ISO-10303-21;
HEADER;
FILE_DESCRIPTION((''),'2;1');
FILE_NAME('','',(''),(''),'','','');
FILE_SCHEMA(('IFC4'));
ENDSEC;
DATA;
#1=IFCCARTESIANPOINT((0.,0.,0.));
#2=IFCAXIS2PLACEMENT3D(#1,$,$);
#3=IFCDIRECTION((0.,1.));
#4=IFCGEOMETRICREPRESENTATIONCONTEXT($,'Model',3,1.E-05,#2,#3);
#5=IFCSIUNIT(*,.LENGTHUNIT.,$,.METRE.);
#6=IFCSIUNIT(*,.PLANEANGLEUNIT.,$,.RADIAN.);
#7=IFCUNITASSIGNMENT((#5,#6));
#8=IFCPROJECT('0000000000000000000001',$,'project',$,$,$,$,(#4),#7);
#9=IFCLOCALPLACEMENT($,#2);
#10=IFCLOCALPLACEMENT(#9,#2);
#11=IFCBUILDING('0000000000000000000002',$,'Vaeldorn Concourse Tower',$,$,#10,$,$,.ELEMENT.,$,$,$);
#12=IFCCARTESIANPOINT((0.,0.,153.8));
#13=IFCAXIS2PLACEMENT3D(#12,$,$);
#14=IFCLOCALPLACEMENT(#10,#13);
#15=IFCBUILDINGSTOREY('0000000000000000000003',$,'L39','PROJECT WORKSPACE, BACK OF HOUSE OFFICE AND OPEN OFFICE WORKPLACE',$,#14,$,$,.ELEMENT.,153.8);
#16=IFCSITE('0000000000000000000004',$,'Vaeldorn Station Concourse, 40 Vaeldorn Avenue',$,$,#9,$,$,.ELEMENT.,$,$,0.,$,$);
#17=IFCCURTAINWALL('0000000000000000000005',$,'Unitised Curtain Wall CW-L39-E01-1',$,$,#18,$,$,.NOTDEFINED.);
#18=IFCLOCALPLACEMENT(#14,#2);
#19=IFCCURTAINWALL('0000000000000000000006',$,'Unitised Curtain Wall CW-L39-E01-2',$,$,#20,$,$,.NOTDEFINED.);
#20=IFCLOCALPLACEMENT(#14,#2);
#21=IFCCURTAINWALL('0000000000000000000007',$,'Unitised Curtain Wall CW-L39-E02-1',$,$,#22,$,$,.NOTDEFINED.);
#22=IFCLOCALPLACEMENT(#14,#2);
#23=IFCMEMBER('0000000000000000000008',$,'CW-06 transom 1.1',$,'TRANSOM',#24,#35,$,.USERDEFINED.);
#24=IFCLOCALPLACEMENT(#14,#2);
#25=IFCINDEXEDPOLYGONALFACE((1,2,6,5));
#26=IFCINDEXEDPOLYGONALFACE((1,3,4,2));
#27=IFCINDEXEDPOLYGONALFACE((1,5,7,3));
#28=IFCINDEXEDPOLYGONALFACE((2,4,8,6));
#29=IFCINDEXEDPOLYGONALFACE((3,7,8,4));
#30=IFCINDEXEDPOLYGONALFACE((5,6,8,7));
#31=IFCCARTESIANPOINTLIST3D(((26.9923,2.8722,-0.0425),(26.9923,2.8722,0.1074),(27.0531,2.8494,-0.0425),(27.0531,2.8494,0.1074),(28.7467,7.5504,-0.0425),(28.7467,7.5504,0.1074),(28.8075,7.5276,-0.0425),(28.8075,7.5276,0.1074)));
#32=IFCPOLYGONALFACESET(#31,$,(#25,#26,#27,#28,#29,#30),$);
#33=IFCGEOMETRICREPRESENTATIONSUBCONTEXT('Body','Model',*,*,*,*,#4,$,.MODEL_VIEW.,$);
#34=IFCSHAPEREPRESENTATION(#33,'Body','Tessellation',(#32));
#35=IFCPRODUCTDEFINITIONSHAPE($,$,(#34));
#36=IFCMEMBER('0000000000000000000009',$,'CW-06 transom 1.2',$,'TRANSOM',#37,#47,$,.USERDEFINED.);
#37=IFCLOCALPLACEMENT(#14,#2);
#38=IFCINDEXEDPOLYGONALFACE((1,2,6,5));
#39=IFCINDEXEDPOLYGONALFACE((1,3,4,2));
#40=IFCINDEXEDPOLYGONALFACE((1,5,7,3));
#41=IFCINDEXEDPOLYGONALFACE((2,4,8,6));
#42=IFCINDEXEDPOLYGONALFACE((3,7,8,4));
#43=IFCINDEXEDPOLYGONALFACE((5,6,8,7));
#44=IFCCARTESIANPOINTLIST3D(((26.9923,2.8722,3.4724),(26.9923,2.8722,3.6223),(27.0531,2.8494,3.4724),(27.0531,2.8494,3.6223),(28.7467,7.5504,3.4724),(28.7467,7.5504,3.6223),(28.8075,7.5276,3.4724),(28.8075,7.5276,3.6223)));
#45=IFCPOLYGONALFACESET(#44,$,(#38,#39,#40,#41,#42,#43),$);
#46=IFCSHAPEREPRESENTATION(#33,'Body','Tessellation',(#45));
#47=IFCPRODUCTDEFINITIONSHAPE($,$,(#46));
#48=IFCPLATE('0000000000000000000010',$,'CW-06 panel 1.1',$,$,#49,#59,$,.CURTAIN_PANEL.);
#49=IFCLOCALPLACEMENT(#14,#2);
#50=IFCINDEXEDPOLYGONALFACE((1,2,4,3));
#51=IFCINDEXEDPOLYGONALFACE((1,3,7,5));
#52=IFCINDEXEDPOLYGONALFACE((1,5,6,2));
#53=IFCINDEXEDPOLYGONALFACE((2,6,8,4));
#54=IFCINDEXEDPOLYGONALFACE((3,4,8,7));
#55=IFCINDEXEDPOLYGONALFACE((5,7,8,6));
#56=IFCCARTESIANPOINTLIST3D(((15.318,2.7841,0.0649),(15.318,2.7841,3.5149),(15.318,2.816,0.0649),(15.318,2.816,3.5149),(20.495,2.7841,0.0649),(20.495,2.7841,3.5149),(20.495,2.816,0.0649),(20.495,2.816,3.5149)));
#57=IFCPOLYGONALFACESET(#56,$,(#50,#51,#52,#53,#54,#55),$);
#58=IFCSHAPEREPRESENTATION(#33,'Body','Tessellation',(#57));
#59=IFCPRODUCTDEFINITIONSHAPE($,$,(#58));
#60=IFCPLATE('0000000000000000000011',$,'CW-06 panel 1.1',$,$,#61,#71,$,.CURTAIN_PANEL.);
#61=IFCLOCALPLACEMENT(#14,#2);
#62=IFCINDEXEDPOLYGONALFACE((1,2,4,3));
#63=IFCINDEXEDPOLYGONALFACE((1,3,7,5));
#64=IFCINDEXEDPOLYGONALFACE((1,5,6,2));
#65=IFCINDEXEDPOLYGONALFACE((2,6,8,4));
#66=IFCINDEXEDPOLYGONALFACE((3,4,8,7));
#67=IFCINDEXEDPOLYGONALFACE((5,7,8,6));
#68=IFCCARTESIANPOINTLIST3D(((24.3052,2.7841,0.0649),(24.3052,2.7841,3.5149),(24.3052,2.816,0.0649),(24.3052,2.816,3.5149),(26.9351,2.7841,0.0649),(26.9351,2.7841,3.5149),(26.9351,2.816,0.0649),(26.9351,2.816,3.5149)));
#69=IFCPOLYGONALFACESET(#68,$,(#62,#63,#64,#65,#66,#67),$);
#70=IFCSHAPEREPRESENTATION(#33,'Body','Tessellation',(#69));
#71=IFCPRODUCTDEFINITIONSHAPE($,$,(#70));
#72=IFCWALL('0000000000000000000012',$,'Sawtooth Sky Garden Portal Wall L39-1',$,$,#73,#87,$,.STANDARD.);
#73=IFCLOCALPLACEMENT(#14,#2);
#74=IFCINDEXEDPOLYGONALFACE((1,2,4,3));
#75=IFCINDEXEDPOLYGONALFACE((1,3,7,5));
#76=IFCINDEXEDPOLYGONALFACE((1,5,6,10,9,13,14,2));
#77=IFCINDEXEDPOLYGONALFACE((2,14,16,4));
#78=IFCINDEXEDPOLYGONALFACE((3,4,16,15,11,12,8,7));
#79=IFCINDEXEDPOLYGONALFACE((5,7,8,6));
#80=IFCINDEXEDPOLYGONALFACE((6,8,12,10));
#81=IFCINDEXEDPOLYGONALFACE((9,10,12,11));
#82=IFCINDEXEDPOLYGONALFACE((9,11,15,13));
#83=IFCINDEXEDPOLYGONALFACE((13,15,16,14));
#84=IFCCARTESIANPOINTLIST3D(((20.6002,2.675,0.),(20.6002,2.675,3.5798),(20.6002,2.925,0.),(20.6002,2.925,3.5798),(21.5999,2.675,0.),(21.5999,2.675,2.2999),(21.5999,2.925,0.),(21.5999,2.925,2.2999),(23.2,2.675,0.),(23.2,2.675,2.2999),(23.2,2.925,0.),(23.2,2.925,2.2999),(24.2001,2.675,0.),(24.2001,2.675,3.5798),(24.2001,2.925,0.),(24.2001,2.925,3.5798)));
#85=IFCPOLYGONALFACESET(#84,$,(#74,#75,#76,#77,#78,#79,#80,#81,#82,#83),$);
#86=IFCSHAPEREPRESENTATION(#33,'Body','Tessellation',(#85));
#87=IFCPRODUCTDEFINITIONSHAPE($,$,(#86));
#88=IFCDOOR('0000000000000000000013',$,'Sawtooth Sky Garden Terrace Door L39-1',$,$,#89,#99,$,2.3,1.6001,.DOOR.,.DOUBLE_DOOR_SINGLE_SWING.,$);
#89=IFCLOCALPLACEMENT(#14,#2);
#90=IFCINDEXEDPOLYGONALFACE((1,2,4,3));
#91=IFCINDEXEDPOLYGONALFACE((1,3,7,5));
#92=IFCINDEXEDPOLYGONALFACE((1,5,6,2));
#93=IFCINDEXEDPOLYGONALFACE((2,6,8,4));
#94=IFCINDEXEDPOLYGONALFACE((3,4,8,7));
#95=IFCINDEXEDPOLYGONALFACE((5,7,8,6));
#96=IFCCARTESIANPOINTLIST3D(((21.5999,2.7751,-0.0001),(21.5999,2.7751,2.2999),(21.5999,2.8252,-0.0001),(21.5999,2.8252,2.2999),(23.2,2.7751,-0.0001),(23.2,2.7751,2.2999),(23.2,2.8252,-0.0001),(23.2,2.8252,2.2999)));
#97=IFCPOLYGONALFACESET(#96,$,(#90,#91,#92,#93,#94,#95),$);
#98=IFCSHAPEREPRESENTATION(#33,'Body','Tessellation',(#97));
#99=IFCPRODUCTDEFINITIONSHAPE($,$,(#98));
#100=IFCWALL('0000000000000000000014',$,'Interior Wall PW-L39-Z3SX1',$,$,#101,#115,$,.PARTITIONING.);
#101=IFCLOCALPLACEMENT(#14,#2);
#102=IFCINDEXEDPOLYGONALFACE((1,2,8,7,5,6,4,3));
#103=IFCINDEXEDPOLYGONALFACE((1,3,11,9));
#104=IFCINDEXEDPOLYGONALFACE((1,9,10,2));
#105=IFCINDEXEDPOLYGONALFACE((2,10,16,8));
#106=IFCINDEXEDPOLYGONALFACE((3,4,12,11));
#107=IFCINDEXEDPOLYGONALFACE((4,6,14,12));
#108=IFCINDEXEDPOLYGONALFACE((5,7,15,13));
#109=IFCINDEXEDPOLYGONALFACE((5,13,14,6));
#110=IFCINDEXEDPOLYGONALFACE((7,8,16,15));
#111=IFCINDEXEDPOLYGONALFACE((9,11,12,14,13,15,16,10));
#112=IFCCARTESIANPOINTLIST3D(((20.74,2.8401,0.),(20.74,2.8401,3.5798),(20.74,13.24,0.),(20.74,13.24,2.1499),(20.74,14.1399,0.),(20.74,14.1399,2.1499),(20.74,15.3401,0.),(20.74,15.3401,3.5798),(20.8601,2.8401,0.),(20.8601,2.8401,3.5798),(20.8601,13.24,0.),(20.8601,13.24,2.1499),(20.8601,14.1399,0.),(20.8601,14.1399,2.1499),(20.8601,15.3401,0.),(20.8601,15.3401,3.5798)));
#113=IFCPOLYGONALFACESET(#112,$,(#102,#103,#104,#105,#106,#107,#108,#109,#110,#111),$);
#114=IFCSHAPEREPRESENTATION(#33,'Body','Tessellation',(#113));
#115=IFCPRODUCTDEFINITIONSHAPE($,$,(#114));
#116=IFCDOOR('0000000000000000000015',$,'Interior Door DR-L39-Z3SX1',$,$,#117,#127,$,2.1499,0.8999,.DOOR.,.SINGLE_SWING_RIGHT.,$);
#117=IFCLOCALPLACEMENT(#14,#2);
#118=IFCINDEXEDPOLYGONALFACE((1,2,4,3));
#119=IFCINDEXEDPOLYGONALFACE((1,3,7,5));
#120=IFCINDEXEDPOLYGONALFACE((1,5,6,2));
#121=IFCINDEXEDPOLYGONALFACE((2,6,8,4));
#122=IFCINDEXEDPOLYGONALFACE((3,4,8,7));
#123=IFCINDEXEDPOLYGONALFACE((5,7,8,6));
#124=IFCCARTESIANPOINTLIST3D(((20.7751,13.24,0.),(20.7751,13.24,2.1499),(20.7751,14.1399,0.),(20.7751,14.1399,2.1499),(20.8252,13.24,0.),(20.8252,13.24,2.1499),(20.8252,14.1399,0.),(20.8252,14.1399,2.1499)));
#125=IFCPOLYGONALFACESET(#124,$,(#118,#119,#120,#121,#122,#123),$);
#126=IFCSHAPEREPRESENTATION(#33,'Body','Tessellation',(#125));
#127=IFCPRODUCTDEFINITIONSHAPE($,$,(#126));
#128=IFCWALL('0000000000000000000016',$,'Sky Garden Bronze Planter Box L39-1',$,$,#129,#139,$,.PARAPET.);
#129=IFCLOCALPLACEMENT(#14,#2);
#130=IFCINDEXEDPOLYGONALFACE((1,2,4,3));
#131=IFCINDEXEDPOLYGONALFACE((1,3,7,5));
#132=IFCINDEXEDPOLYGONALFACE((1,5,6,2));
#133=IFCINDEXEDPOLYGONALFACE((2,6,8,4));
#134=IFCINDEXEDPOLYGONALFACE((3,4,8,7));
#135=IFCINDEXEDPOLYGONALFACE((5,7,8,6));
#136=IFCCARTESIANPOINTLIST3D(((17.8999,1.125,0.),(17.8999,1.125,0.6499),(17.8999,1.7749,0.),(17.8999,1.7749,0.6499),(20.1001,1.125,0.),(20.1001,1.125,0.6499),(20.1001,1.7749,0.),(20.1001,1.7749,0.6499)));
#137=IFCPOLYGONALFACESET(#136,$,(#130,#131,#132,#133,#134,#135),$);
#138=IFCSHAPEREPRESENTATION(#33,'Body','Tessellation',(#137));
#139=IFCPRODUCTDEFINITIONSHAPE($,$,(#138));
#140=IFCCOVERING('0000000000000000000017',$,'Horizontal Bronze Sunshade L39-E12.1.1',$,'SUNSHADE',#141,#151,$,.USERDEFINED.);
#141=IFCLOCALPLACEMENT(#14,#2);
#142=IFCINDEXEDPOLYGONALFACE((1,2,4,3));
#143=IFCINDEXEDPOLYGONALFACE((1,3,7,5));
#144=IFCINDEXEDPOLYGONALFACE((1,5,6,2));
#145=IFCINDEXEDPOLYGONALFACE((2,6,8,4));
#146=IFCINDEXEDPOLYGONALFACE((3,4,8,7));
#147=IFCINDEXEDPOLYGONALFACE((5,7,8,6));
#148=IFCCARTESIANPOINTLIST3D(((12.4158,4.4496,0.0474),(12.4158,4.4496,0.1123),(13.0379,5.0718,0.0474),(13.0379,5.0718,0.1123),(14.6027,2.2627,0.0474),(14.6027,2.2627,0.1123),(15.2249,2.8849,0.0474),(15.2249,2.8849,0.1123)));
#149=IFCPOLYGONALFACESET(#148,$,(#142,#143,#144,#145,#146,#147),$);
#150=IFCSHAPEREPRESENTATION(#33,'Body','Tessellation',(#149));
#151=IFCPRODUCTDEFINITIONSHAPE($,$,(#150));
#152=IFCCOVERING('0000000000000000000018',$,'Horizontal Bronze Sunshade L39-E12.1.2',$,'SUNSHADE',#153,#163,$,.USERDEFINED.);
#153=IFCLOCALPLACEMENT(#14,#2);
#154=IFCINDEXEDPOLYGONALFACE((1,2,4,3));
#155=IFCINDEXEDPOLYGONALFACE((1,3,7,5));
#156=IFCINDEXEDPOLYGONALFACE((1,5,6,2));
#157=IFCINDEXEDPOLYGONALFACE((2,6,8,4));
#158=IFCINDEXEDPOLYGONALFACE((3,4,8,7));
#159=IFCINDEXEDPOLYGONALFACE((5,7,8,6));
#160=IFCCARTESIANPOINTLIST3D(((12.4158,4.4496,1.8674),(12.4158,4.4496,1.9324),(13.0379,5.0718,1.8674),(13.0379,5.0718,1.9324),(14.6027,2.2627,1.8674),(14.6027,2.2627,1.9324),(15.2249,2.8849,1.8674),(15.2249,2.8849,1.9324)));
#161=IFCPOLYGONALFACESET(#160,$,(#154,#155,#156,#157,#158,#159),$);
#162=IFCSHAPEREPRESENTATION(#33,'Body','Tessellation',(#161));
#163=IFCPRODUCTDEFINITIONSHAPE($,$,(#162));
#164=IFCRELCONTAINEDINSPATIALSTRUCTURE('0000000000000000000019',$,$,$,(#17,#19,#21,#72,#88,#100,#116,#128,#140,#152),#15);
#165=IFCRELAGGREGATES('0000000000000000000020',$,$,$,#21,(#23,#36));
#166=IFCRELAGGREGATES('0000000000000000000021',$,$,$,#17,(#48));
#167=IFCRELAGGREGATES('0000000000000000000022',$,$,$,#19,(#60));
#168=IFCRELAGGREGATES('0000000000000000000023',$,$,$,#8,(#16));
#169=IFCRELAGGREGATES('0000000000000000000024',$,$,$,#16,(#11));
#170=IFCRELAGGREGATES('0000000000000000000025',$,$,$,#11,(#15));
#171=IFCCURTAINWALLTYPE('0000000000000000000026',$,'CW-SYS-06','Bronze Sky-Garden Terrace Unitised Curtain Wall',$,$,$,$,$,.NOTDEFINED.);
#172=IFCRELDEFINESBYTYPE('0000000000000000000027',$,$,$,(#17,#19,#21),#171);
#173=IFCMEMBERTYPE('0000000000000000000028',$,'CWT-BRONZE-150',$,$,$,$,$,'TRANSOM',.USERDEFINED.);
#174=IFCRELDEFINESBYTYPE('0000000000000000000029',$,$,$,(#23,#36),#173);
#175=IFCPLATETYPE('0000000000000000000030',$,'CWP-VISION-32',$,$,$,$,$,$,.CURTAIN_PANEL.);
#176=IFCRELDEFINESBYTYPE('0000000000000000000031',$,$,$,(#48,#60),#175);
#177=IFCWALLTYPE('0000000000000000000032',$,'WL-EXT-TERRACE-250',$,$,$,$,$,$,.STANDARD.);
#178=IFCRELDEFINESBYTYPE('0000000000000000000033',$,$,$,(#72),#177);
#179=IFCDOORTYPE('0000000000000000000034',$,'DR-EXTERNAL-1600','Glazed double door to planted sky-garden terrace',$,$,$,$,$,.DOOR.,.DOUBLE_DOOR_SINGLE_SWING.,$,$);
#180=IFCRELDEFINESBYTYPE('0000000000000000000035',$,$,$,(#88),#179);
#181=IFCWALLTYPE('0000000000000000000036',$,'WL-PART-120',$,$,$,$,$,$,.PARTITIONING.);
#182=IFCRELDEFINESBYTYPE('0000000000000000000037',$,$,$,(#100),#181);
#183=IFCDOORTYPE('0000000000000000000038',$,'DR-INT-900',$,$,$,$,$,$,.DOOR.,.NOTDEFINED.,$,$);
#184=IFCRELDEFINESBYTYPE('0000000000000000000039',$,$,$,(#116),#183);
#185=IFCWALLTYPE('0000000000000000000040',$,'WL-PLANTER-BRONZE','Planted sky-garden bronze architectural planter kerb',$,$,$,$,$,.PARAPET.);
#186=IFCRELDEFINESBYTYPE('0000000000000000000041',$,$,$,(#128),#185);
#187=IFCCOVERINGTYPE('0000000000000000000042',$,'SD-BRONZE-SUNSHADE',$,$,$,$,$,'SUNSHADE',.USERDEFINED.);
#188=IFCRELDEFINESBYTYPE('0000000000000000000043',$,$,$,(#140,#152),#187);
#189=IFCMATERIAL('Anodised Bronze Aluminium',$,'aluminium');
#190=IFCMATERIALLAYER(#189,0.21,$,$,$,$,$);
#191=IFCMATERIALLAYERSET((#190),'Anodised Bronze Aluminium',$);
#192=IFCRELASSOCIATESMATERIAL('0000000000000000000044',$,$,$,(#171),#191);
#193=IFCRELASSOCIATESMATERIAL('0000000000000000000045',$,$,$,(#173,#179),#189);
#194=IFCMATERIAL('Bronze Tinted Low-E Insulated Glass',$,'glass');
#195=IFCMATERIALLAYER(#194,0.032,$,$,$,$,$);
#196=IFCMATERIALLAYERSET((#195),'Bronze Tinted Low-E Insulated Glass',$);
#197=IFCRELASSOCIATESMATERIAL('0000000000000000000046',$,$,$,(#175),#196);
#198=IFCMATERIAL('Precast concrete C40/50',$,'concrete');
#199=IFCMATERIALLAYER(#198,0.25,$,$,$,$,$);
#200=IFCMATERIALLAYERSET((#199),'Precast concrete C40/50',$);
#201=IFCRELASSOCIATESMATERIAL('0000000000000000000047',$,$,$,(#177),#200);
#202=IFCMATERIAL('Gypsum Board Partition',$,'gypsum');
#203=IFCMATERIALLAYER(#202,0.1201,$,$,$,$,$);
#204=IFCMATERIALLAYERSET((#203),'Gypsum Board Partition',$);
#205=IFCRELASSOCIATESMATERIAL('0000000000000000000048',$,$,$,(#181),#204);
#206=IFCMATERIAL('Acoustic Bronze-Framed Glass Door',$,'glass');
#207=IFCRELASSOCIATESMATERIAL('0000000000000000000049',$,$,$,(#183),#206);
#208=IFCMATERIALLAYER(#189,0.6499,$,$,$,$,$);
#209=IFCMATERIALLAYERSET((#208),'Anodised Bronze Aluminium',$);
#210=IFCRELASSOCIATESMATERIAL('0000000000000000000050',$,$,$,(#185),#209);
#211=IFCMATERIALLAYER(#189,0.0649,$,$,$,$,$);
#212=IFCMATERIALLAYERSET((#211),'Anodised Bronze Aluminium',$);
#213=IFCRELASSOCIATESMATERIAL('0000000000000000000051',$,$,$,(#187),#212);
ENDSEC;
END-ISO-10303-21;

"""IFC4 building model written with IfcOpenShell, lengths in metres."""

from ifc_helpers import new_model, si_unit, direction, frame, frame_2d, origin, origin_2d, place, context, subcontext, project, spatial, rectangle, extrude, source, transform, mapped, material, layer, layer_set, material_profile, profile_set, type_object, element, fill, aggregate, save


model = new_model("IFC4")

# Units and contexts
model_context = context("Model", 3, precision=1e-05, world=origin(), true_north=direction((0.0, 1.0)))
body_context = subcontext(model_context, "Body", "Model", "MODEL_VIEW")
ifc_project = project(units=[si_unit("LENGTHUNIT", "METRE"), si_unit("PLANEANGLEUNIT", "RADIAN")], contexts=[model_context])

# Site, building, storey
site_placement = place(None, origin())
site = spatial("IfcSite", under=ifc_project, at=site_placement, Name="Vaeldorn Station Concourse, 40 Vaeldorn Avenue", CompositionType="ELEMENT", RefElevation=0.0)
building_placement = place(site_placement, origin())
building = spatial("IfcBuilding", under=site, at=building_placement, Name="Vaeldorn Concourse Tower", CompositionType="ELEMENT")
storey_placement = place(building_placement, frame((0.0, 0.0, 153.8)))
storey = spatial("IfcBuildingStorey", under=building, at=storey_placement, Name="L39", Description="PROJECT WORKSPACE, BACK OF HOUSE OFFICE AND OPEN OFFICE WORKPLACE", CompositionType="ELEMENT", Elevation=153.8)

# Curtain walls
ifc_material_1 = material(Name="Anodised Bronze Aluminium", Category="aluminium")
ifc_layer_1 = layer(ifc_material_1, 0.21)
ifc_layer_set_1 = layer_set([ifc_layer_1], Name="Anodised Bronze Aluminium")
curtain_wall_type = type_object("IfcCurtainWallType", Name="CW-SYS-06", Description="Bronze Sky-Garden Terrace Unitised Curtain Wall", PredefinedType="NOTDEFINED", material=ifc_layer_set_1)
curtain_wall_1_placement = place(storey_placement, origin())
curtain_wall_1 = element("IfcCurtainWall", 1, at=curtain_wall_1_placement, inside=storey, type_object=curtain_wall_type, Name="Unitised Curtain Wall CW-L39-E01-1", PredefinedType="NOTDEFINED")
curtain_wall_2_placement = place(storey_placement, origin())
curtain_wall_2 = element("IfcCurtainWall", 2, at=curtain_wall_2_placement, inside=storey, type_object=curtain_wall_type, Name="Unitised Curtain Wall CW-L39-E01-2", PredefinedType="NOTDEFINED")

# Curtain wall
curtain_wall_3_placement = place(storey_placement, origin())
curtain_wall_3 = element("IfcCurtainWall", 3, at=curtain_wall_3_placement, inside=storey, type_object=curtain_wall_type, Name="Unitised Curtain Wall CW-L39-E02-1", PredefinedType="NOTDEFINED")

# Members
ifc_material_profile_1 = material_profile(ifc_material_1, rectangle(XDim=0.0649, YDim=0.1499, at=origin_2d()), Name="CWT 65x150")
ifc_profile_set_1 = profile_set([ifc_material_profile_1], Name="Anodised Bronze Aluminium")
member_type_1 = type_object("IfcMemberType", Name="CWT-BRONZE-150", ElementType="TRANSOM", PredefinedType="USERDEFINED", material=ifc_profile_set_1)
shared_shape_1 = source(origin(), body_context, "Body", "SweptSolid", [
    extrude(rectangle(XDim=0.0649, YDim=0.1499, at=origin_2d()), origin(), (0.0, 0.0, 1.0), 4.9963),
])
member_1_placement = place(storey_placement, frame((27.0227, 2.8608, 0.0325), z_axis=(0.351134, 0.936325, 0.0), x_axis=(-0.936325, 0.351134, 0.0)))
member_1 = element("IfcMember", 4, at=member_1_placement, type_object=member_type_1, Name="CW-06 transom 1.1", ObjectType="TRANSOM", PredefinedType="USERDEFINED", context=body_context, shape_type="MappedRepresentation", body=[
    mapped(shared_shape_1, transform((0.0, 0.0, 0.0), scale=1.0)),
])
member_2_placement = place(storey_placement, frame((27.0227, 2.8608, 3.5474), z_axis=(0.351134, 0.936325, 0.0), x_axis=(-0.936325, 0.351134, 0.0)))
member_2 = element("IfcMember", 5, at=member_2_placement, type_object=member_type_1, Name="CW-06 transom 1.2", ObjectType="TRANSOM", PredefinedType="USERDEFINED", context=body_context, shape_type="MappedRepresentation", body=[
    mapped(shared_shape_1, transform((0.0, 0.0, 0.0), scale=1.0)),
])
aggregate(curtain_wall_3, [member_1, member_2])

# Plates
ifc_material_2 = material(Name="Bronze Tinted Low-E Insulated Glass", Category="glass")
ifc_layer_2 = layer(ifc_material_2, 0.032)
ifc_layer_set_2 = layer_set([ifc_layer_2], Name="Bronze Tinted Low-E Insulated Glass")
plate_type = type_object("IfcPlateType", Name="CWP-VISION-32", PredefinedType="CURTAIN_PANEL", material=ifc_layer_set_2)
shared_shape_2 = source(origin(), body_context, "Body", "SweptSolid", [
    extrude(rectangle(XDim=5.177, YDim=0.032, at=origin_2d()), origin(), (0.0, 0.0, 1.0), 3.45),
])
plate_1_placement = place(storey_placement, frame((17.9065, 2.8, 0.0649), z_axis=(0.0, 0.0, 1.0), x_axis=(1.0, 0.0, 0.0)))
plate_1 = element("IfcPlate", 6, at=plate_1_placement, type_object=plate_type, Name="CW-06 panel 1.1", PredefinedType="CURTAIN_PANEL", context=body_context, shape_type="MappedRepresentation", body=[
    mapped(shared_shape_2, transform((0.0, 0.0, 0.0), scale=1.0)),
])
aggregate(curtain_wall_1, [plate_1])
shared_shape_3 = source(origin(), body_context, "Body", "SweptSolid", [
    extrude(rectangle(XDim=2.6299, YDim=0.032, at=origin_2d()), origin(), (0.0, 0.0, 1.0), 3.45),
])
plate_2_placement = place(storey_placement, frame((25.6201, 2.8, 0.0649), z_axis=(0.0, 0.0, 1.0), x_axis=(1.0, 0.0, 0.0)))
plate_2 = element("IfcPlate", 7, at=plate_2_placement, type_object=plate_type, Name="CW-06 panel 1.1", PredefinedType="CURTAIN_PANEL", context=body_context, shape_type="MappedRepresentation", body=[
    mapped(shared_shape_3, transform((0.0, 0.0, 0.0), scale=1.0)),
])
aggregate(curtain_wall_2, [plate_2])

# Walls, openings, doors
ifc_material_3 = material(Name="Precast concrete C40/50", Category="concrete")
ifc_layer_3 = layer(ifc_material_3, 0.25)
ifc_layer_set_3 = layer_set([ifc_layer_3], Name="Precast concrete C40/50")
wall_type_1 = type_object("IfcWallType", Name="WL-EXT-TERRACE-250", PredefinedType="STANDARD", material=ifc_layer_set_3)
wall_1_placement = place(storey_placement, frame((24.2, 2.8, 0.0), z_axis=(0.0, 0.0, 1.0), x_axis=(-1.0, 0.0, 0.0)))
wall_1 = element("IfcWall", 8, at=wall_1_placement, inside=storey, type_object=wall_type_1, Name="Sawtooth Sky Garden Portal Wall L39-1", PredefinedType="STANDARD", context=body_context, shape_type="SweptSolid", body=[
    extrude(rectangle(XDim=3.5999, YDim=0.25, at=frame_2d((1.7998, 0.0))), origin(), (0.0, 0.0, 1.0), 3.5798),
])
opening_1_placement = place(wall_1_placement, frame((1.0, 0.0, 0.0)))
opening_1 = element("IfcOpeningElement", 9, at=opening_1_placement, cuts=wall_1, PredefinedType="OPENING", context=body_context, shape_type="SweptSolid", body=[
    extrude(rectangle(XDim=1.6001, YDim=2.3, at=frame_2d((0.8, 1.1499))), frame((0.0, 0.135, 0.0), z_axis=(0.0, -1.0, 0.0), x_axis=(1.0, 0.0, 0.0)), (0.0, 0.0, 1.0), 0.27),
])
door_type_1 = type_object("IfcDoorType", Name="DR-EXTERNAL-1600", Description="Glazed double door to planted sky-garden terrace", OperationType="DOUBLE_DOOR_SINGLE_SWING", PredefinedType="DOOR", material=ifc_material_1)
shared_shape_4 = source(origin(), body_context, "Body", "SweptSolid", [
    extrude(rectangle(XDim=1.6001, YDim=2.3, at=frame_2d((0.8, 1.1499))), frame((0.0, 0.0249, 0.0), z_axis=(0.0, -1.0, 0.0), x_axis=(1.0, 0.0, 0.0)), (0.0, 0.0, 1.0), 0.05),
])
door_1_placement = place(opening_1_placement, origin())
door_1 = element("IfcDoor", 10, at=door_1_placement, inside=storey, type_object=door_type_1, Name="Sawtooth Sky Garden Terrace Door L39-1", OperationType="DOUBLE_DOOR_SINGLE_SWING", OverallHeight=2.3, OverallWidth=1.6001, PredefinedType="DOOR", context=body_context, shape_type="MappedRepresentation", body=[
    mapped(shared_shape_4, transform((0.0, 0.0, 0.0), scale=1.0)),
])
fill(opening_1, door_1)
ifc_material_4 = material(Name="Gypsum Board Partition", Category="gypsum")
ifc_layer_4 = layer(ifc_material_4, 0.1201)
ifc_layer_set_4 = layer_set([ifc_layer_4], Name="Gypsum Board Partition")
wall_type_2 = type_object("IfcWallType", Name="WL-PART-120", PredefinedType="PARTITIONING", material=ifc_layer_set_4)
wall_2_placement = place(storey_placement, frame((20.8, 2.8401, 0.0), z_axis=(0.0, 0.0, 1.0), x_axis=(0.0, 1.0, 0.0)))
wall_2 = element("IfcWall", 11, at=wall_2_placement, inside=storey, type_object=wall_type_2, Name="Interior Wall PW-L39-Z3SX1", PredefinedType="PARTITIONING", context=body_context, shape_type="SweptSolid", body=[
    extrude(rectangle(XDim=12.5, YDim=0.1201, at=frame_2d((6.25, 0.0))), origin(), (0.0, 0.0, 1.0), 3.5798),
])
opening_2_placement = place(wall_2_placement, frame((10.3999, 0.0, 0.0)))
opening_2 = element("IfcOpeningElement", 12, at=opening_2_placement, cuts=wall_2, PredefinedType="OPENING", context=body_context, shape_type="SweptSolid", body=[
    extrude(rectangle(XDim=0.8999, YDim=2.1499, at=frame_2d((0.45, 1.075))), frame((0.0, 0.0701, 0.0), z_axis=(0.0, -1.0, 0.0), x_axis=(1.0, 0.0, 0.0)), (0.0, 0.0, 1.0), 0.1401),
])
ifc_material_5 = material(Name="Acoustic Bronze-Framed Glass Door", Category="glass")
door_type_2 = type_object("IfcDoorType", Name="DR-INT-900", OperationType="NOTDEFINED", PredefinedType="DOOR", material=ifc_material_5)
shared_shape_5 = source(origin(), body_context, "Body", "SweptSolid", [
    extrude(rectangle(XDim=0.8999, YDim=2.1499, at=frame_2d((0.45, 1.075))), frame((0.0, 0.0249, 0.0), z_axis=(0.0, -1.0, 0.0), x_axis=(1.0, 0.0, 0.0)), (0.0, 0.0, 1.0), 0.05),
])
door_2_placement = place(opening_2_placement, origin())
door_2 = element("IfcDoor", 13, at=door_2_placement, inside=storey, type_object=door_type_2, Name="Interior Door DR-L39-Z3SX1", OperationType="SINGLE_SWING_RIGHT", OverallHeight=2.1499, OverallWidth=0.8999, PredefinedType="DOOR", context=body_context, shape_type="MappedRepresentation", body=[
    mapped(shared_shape_5, transform((0.0, 0.0, 0.0), scale=1.0)),
])
fill(opening_2, door_2)

# Wall
ifc_layer_5 = layer(ifc_material_1, 0.6499)
ifc_layer_set_5 = layer_set([ifc_layer_5], Name="Anodised Bronze Aluminium")
wall_type_3 = type_object("IfcWallType", Name="WL-PLANTER-BRONZE", Description="Planted sky-garden bronze architectural planter kerb", PredefinedType="PARAPET", material=ifc_layer_set_5)
wall_3_placement = place(storey_placement, frame((17.8999, 1.45, 0.0), z_axis=(0.0, 0.0, 1.0), x_axis=(1.0, 0.0, 0.0)))
element("IfcWall", 14, at=wall_3_placement, inside=storey, type_object=wall_type_3, Name="Sky Garden Bronze Planter Box L39-1", PredefinedType="PARAPET", context=body_context, shape_type="SweptSolid", body=[
    extrude(rectangle(XDim=2.2002, YDim=0.6499, at=frame_2d((1.1001, 0.0))), origin(), (0.0, 0.0, 1.0), 0.6499),
])

# Coverings
ifc_layer_6 = layer(ifc_material_1, 0.0649)
ifc_layer_set_6 = layer_set([ifc_layer_6], Name="Anodised Bronze Aluminium")
covering_type = type_object("IfcCoveringType", Name="SD-BRONZE-SUNSHADE", ElementType="SUNSHADE", PredefinedType="USERDEFINED", material=ifc_layer_set_6)
shared_shape_6 = source(origin(), body_context, "Body", "SweptSolid", [
    extrude(rectangle(XDim=3.0928, YDim=0.8799, at=origin_2d()), origin(), (0.0, 0.0, 1.0), 0.0649),
])
for number, where, z_axis, x_axis, name in (
    (15, (13.8203, 3.6672, 0.0474), (0.0, 0.0, 1.0), (0.707107, -0.707107, 0.0), "Horizontal Bronze Sunshade L39-E12.1.1"),
    (16, (13.8203, 3.6672, 1.8674), (0.0, 0.0, 1.0), (0.707107, -0.707107, 0.0), "Horizontal Bronze Sunshade L39-E12.1.2"),
):
    element("IfcCovering", number, at=place(storey_placement, frame(where, z_axis=z_axis, x_axis=x_axis)), inside=storey, type_object=covering_type, Name=name, ObjectType="SUNSHADE", PredefinedType="USERDEFINED", context=body_context, shape_type="MappedRepresentation", body=[
        mapped(shared_shape_6, transform((0.0, 0.0, 0.0), scale=1.0)),
    ])

save(model, "model.ifc")
